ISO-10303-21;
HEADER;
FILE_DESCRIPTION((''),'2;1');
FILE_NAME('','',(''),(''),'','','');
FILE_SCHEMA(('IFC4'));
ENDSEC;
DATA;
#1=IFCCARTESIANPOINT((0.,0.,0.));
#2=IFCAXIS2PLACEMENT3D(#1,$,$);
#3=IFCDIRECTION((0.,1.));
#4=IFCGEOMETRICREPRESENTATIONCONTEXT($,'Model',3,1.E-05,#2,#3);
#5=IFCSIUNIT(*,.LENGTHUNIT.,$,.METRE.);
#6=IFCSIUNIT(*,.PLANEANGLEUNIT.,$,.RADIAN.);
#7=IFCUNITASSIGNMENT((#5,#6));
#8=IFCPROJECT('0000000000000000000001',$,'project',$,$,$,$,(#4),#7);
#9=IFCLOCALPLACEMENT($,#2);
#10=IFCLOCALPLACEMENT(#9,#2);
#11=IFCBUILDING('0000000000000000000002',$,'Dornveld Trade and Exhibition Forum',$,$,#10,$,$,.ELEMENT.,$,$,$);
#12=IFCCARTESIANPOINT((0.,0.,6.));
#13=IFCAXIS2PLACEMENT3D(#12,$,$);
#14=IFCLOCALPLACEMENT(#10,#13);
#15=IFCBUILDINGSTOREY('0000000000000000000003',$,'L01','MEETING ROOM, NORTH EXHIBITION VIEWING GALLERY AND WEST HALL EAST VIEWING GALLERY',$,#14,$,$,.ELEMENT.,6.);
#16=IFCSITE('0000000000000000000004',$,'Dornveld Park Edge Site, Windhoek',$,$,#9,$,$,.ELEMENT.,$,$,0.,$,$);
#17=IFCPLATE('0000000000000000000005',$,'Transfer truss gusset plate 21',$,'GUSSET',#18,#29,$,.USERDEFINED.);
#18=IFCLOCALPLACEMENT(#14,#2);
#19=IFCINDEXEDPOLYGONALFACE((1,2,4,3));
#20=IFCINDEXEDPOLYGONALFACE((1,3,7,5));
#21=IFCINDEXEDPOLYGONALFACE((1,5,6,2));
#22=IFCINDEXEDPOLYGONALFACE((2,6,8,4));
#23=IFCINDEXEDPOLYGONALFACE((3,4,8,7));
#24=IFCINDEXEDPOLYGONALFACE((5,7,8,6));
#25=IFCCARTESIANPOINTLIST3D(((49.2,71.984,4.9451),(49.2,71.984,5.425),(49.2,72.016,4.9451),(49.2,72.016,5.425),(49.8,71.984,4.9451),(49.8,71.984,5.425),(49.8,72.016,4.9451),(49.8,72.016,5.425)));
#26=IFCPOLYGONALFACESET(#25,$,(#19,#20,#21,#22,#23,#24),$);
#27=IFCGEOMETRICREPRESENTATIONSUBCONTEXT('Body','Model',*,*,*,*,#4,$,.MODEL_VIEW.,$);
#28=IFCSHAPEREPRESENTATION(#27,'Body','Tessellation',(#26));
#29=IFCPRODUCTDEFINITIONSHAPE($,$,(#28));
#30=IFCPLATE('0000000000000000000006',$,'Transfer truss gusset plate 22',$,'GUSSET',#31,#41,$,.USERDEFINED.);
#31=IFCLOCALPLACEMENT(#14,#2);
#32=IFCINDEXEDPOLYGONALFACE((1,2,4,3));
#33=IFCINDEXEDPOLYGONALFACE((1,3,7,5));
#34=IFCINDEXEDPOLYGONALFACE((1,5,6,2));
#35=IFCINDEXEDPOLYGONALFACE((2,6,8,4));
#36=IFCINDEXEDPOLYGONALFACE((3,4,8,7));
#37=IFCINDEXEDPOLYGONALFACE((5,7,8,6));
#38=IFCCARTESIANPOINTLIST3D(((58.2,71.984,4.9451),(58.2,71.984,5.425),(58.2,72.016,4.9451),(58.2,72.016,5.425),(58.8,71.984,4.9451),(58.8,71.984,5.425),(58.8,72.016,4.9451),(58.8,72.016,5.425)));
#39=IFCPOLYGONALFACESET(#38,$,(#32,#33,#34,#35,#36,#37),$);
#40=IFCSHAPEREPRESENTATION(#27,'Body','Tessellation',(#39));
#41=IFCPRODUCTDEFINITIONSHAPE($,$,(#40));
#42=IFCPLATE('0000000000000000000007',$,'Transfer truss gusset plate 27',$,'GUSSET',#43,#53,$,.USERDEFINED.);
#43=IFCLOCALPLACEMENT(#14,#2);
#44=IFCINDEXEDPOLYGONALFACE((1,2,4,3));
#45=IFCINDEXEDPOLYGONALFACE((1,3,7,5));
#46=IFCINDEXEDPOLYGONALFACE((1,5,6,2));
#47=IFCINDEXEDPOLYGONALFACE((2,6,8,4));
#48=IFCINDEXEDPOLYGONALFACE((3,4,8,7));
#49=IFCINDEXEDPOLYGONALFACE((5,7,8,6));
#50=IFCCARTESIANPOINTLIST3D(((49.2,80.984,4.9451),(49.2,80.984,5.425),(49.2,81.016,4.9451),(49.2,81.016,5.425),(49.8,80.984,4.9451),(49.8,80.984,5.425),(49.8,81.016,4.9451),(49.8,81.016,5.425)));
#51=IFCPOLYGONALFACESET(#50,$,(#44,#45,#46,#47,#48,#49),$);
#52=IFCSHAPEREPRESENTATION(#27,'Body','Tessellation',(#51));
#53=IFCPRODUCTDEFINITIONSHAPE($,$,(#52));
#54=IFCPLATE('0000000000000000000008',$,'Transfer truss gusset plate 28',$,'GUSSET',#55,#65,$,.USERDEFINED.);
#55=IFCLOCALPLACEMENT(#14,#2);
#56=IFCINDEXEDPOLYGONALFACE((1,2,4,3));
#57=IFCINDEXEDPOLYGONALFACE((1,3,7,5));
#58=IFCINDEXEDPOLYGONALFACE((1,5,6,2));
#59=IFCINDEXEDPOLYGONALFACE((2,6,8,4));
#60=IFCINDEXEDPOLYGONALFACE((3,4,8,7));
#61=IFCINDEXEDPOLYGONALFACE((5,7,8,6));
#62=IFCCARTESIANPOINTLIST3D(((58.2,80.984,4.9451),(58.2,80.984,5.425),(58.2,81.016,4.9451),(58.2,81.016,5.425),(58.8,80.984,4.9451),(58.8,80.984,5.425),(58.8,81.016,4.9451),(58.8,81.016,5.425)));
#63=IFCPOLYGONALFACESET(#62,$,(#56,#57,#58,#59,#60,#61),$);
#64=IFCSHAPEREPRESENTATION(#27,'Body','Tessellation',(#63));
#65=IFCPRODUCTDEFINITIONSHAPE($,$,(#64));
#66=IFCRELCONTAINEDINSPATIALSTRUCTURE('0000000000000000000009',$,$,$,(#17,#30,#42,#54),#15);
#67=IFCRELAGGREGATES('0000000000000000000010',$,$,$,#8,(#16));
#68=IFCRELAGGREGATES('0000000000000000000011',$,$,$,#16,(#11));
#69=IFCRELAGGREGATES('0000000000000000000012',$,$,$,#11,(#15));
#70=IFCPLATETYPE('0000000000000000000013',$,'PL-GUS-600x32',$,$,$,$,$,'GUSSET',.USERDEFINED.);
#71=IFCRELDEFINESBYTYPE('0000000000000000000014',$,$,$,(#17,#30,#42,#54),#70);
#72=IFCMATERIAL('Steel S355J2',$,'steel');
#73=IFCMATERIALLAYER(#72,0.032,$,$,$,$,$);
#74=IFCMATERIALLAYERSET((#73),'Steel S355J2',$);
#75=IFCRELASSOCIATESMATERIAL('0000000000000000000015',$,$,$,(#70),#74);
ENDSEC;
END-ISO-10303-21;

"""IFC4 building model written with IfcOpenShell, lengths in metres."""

from ifc_helpers import new_model, si_unit, direction, frame, origin, origin_2d, place, context, subcontext, project, spatial, rectangle, extrude, material, layer, layer_set, type_object, element, save


model = new_model("IFC4")

# Units and contexts
model_context = context("Model", 3, precision=1e-05, world=origin(), true_north=direction((0.0, 1.0)))
body_context = subcontext(model_context, "Body", "Model", "MODEL_VIEW")
ifc_project = project(units=[si_unit("LENGTHUNIT", "METRE"), si_unit("PLANEANGLEUNIT", "RADIAN")], contexts=[model_context])

# Site, building, storey
site_placement = place(None, origin())
site = spatial("IfcSite", under=ifc_project, at=site_placement, Name="Dornveld Park Edge Site, Windhoek", CompositionType="ELEMENT", RefElevation=0.0)
building_placement = place(site_placement, origin())
building = spatial("IfcBuilding", under=site, at=building_placement, Name="Dornveld Trade and Exhibition Forum", CompositionType="ELEMENT")
storey_placement = place(building_placement, frame((0.0, 0.0, 6.0)))
storey = spatial("IfcBuildingStorey", under=building, at=storey_placement, Name="L01", Description="MEETING ROOM, NORTH EXHIBITION VIEWING GALLERY AND WEST HALL EAST VIEWING GALLERY", CompositionType="ELEMENT", Elevation=6.0)

# Plates
ifc_material_1 = material(Name="Steel S355J2", Category="steel")
ifc_layer = layer(ifc_material_1, 0.032)
ifc_layer_set = layer_set([ifc_layer], Name="Steel S355J2")
plate_type = type_object("IfcPlateType", Name="PL-GUS-600x32", ElementType="GUSSET", PredefinedType="USERDEFINED", material=ifc_layer_set)
for number, where, z_axis, x_axis, name in (
    (1, (49.5, 72.0, 4.9451), (0.0, 0.0, 1.0), (1.0, 0.0, 0.0), "Transfer truss gusset plate 21"),
    (2, (58.5, 72.0, 4.9451), (0.0, 0.0, 1.0), (1.0, 0.0, 0.0), "Transfer truss gusset plate 22"),
    (3, (49.5, 81.0, 4.9451), (0.0, 0.0, 1.0), (1.0, 0.0, 0.0), "Transfer truss gusset plate 27"),
    (4, (58.5, 81.0, 4.9451), (0.0, 0.0, 1.0), (1.0, 0.0, 0.0), "Transfer truss gusset plate 28"),
):
    element("IfcPlate", number, at=place(storey_placement, frame(where, z_axis=z_axis, x_axis=x_axis)), inside=storey, type_object=plate_type, Name=name, ObjectType="GUSSET", PredefinedType="USERDEFINED", context=body_context, shape_type="SweptSolid", body=[
        extrude(rectangle(XDim=0.6001, YDim=0.032, at=origin_2d()), origin(), (0.0, 0.0, 1.0), 0.48),
    ])

save(model, "model.ifc")
